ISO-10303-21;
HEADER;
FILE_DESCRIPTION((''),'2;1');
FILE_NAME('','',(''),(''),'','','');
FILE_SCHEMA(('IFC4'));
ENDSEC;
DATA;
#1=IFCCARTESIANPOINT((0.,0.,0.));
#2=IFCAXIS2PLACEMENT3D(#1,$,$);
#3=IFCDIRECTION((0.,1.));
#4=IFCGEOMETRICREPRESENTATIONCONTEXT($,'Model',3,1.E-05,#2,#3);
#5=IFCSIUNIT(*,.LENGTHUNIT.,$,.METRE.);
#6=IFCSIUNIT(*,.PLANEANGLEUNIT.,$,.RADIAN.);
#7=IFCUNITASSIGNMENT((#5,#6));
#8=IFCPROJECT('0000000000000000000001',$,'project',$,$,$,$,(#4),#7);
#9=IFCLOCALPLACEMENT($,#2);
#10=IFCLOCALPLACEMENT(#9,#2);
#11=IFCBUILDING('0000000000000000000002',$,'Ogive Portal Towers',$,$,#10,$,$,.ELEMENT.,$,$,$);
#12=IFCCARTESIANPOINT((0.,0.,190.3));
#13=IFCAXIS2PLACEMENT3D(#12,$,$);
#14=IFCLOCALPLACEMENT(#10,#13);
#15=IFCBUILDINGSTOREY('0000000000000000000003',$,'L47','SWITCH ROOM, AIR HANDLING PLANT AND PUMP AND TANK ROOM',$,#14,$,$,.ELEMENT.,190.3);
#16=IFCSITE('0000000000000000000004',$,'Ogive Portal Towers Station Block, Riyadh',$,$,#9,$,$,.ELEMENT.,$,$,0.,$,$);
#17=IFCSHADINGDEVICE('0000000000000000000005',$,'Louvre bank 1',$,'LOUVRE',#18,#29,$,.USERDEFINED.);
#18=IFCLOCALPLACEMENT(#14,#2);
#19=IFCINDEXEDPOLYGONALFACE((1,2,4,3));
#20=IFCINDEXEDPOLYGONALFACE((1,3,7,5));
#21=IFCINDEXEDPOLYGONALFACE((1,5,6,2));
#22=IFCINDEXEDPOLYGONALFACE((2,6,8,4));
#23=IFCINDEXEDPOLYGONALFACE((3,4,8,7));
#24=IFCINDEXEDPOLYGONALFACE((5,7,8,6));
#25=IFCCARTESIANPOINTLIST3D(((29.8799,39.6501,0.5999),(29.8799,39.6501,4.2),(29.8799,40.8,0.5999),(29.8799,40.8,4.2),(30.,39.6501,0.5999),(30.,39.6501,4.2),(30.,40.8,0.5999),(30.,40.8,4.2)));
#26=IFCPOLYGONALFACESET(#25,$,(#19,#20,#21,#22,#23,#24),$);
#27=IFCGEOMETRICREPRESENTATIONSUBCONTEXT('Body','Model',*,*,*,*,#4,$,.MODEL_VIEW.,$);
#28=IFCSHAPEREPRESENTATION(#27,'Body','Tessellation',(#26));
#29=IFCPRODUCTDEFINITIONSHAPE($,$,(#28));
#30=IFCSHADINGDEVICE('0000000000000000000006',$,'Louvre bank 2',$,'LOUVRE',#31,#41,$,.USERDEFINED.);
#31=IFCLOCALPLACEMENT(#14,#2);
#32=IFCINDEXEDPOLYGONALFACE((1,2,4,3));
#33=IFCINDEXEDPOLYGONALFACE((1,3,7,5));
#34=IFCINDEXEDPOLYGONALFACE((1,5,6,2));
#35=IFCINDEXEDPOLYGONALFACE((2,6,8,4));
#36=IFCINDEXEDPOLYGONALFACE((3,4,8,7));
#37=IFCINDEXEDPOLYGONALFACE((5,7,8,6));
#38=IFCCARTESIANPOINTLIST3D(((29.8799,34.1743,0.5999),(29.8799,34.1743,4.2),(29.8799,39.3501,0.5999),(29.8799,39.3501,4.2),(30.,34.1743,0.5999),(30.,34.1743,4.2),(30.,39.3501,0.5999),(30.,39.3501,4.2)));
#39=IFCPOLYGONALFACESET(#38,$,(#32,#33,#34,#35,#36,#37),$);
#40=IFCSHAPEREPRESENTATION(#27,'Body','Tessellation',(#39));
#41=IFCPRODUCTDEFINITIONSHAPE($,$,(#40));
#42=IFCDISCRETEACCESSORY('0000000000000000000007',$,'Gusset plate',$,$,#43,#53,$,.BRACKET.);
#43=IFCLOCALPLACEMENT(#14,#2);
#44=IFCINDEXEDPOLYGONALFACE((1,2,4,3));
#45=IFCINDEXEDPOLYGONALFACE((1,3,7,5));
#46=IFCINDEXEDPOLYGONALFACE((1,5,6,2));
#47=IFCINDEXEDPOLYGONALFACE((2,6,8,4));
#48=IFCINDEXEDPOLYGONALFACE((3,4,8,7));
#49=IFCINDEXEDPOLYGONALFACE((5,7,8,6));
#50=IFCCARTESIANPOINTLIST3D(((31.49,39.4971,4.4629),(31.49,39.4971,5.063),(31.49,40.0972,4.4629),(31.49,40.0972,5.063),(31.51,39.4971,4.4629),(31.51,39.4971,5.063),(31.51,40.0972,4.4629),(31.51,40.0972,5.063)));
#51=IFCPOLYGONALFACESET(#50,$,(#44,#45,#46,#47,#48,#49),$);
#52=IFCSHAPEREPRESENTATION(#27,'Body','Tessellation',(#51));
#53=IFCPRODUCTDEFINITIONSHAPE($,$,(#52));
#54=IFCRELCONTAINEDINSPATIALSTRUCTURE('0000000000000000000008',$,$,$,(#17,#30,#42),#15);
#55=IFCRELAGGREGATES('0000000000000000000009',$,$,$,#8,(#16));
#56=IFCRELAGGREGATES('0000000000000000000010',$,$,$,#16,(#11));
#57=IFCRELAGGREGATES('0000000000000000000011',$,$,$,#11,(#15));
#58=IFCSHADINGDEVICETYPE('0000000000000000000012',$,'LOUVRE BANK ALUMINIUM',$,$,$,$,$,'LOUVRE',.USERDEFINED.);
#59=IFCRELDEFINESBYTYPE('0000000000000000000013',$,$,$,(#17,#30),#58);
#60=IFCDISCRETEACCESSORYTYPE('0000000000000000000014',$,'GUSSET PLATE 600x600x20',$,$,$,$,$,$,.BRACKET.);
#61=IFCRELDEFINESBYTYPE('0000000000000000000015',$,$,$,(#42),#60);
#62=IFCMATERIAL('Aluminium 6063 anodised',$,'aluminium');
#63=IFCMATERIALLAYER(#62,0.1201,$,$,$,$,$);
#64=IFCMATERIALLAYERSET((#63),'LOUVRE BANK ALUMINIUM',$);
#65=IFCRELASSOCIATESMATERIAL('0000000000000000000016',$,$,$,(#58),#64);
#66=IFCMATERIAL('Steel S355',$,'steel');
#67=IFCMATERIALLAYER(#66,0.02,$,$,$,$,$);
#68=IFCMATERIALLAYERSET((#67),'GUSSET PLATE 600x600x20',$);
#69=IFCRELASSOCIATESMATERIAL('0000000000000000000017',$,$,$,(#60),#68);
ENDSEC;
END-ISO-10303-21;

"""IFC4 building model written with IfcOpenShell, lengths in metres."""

from ifc_helpers import new_model, si_unit, direction, frame, origin, origin_2d, place, context, subcontext, project, spatial, rectangle, extrude, material, layer, layer_set, type_object, element, save


model = new_model("IFC4")

# Units and contexts
model_context = context("Model", 3, precision=1e-05, world=origin(), true_north=direction((0.0, 1.0)))
body_context = subcontext(model_context, "Body", "Model", "MODEL_VIEW")
ifc_project = project(units=[si_unit("LENGTHUNIT", "METRE"), si_unit("PLANEANGLEUNIT", "RADIAN")], contexts=[model_context])

# Site, building, storey
site_placement = place(None, origin())
site = spatial("IfcSite", under=ifc_project, at=site_placement, Name="Ogive Portal Towers Station Block, Riyadh", CompositionType="ELEMENT", RefElevation=0.0)
building_placement = place(site_placement, origin())
building = spatial("IfcBuilding", under=site, at=building_placement, Name="Ogive Portal Towers", CompositionType="ELEMENT")
storey_placement = place(building_placement, frame((0.0, 0.0, 190.3)))
storey = spatial("IfcBuildingStorey", under=building, at=storey_placement, Name="L47", Description="SWITCH ROOM, AIR HANDLING PLANT AND PUMP AND TANK ROOM", CompositionType="ELEMENT", Elevation=190.3)

# Shared definitions
ifc_material_1 = material(Name="Steel S355", Category="steel")

# Shading devices
ifc_material_2 = material(Name="Aluminium 6063 anodised", Category="aluminium")
ifc_layer_1 = layer(ifc_material_2, 0.1201)
ifc_layer_set_1 = layer_set([ifc_layer_1], Name="LOUVRE BANK ALUMINIUM")
shading_device_type = type_object("IfcShadingDeviceType", Name="LOUVRE BANK ALUMINIUM", ElementType="LOUVRE", PredefinedType="USERDEFINED", material=ifc_layer_set_1)
for number, where, z_axis, x_axis, name in (
    (1, (29.9399, 40.2251, 0.5999), (0.0, 0.0, 1.0), (0.0, -1.0, 0.0), "Louvre bank 1"),
):
    element("IfcShadingDevice", number, at=place(storey_placement, frame(where, z_axis=z_axis, x_axis=x_axis)), inside=storey, type_object=shading_device_type, Name=name, ObjectType="LOUVRE", PredefinedType="USERDEFINED", context=body_context, shape_type="SweptSolid", body=[
        extrude(rectangle(XDim=1.1499, YDim=0.1201, at=origin_2d()), origin(), (0.0, 0.0, 1.0), 3.6001),
    ])
shading_device_placement = place(storey_placement, frame((29.9399, 36.7622, 0.5999), z_axis=(0.0, 0.0, 1.0), x_axis=(0.0, -1.0, 0.0)))
element("IfcShadingDevice", 2, at=shading_device_placement, inside=storey, type_object=shading_device_type, Name="Louvre bank 2", ObjectType="LOUVRE", PredefinedType="USERDEFINED", context=body_context, shape_type="SweptSolid", body=[
    extrude(rectangle(XDim=5.1758, YDim=0.1201, at=origin_2d()), origin(), (0.0, 0.0, 1.0), 3.6001),
])

# Discrete accessory
ifc_layer_2 = layer(ifc_material_1, 0.02)
ifc_layer_set_2 = layer_set([ifc_layer_2], Name="GUSSET PLATE 600x600x20")
discrete_accessory_type = type_object("IfcDiscreteAccessoryType", Name="GUSSET PLATE 600x600x20", PredefinedType="BRACKET", material=ifc_layer_set_2)
discrete_accessory_placement = place(storey_placement, frame((31.5, 39.7971, 4.4629), z_axis=(0.0, 0.0, 1.0), x_axis=(0.0, -1.0, 0.0)))
element("IfcDiscreteAccessory", 3, at=discrete_accessory_placement, inside=storey, type_object=discrete_accessory_type, Name="Gusset plate", PredefinedType="BRACKET", context=body_context, shape_type="SweptSolid", body=[
    extrude(rectangle(XDim=0.6001, YDim=0.02, at=origin_2d()), origin(), (0.0, 0.0, 1.0), 0.6001),
])

save(model, "model.ifc")
